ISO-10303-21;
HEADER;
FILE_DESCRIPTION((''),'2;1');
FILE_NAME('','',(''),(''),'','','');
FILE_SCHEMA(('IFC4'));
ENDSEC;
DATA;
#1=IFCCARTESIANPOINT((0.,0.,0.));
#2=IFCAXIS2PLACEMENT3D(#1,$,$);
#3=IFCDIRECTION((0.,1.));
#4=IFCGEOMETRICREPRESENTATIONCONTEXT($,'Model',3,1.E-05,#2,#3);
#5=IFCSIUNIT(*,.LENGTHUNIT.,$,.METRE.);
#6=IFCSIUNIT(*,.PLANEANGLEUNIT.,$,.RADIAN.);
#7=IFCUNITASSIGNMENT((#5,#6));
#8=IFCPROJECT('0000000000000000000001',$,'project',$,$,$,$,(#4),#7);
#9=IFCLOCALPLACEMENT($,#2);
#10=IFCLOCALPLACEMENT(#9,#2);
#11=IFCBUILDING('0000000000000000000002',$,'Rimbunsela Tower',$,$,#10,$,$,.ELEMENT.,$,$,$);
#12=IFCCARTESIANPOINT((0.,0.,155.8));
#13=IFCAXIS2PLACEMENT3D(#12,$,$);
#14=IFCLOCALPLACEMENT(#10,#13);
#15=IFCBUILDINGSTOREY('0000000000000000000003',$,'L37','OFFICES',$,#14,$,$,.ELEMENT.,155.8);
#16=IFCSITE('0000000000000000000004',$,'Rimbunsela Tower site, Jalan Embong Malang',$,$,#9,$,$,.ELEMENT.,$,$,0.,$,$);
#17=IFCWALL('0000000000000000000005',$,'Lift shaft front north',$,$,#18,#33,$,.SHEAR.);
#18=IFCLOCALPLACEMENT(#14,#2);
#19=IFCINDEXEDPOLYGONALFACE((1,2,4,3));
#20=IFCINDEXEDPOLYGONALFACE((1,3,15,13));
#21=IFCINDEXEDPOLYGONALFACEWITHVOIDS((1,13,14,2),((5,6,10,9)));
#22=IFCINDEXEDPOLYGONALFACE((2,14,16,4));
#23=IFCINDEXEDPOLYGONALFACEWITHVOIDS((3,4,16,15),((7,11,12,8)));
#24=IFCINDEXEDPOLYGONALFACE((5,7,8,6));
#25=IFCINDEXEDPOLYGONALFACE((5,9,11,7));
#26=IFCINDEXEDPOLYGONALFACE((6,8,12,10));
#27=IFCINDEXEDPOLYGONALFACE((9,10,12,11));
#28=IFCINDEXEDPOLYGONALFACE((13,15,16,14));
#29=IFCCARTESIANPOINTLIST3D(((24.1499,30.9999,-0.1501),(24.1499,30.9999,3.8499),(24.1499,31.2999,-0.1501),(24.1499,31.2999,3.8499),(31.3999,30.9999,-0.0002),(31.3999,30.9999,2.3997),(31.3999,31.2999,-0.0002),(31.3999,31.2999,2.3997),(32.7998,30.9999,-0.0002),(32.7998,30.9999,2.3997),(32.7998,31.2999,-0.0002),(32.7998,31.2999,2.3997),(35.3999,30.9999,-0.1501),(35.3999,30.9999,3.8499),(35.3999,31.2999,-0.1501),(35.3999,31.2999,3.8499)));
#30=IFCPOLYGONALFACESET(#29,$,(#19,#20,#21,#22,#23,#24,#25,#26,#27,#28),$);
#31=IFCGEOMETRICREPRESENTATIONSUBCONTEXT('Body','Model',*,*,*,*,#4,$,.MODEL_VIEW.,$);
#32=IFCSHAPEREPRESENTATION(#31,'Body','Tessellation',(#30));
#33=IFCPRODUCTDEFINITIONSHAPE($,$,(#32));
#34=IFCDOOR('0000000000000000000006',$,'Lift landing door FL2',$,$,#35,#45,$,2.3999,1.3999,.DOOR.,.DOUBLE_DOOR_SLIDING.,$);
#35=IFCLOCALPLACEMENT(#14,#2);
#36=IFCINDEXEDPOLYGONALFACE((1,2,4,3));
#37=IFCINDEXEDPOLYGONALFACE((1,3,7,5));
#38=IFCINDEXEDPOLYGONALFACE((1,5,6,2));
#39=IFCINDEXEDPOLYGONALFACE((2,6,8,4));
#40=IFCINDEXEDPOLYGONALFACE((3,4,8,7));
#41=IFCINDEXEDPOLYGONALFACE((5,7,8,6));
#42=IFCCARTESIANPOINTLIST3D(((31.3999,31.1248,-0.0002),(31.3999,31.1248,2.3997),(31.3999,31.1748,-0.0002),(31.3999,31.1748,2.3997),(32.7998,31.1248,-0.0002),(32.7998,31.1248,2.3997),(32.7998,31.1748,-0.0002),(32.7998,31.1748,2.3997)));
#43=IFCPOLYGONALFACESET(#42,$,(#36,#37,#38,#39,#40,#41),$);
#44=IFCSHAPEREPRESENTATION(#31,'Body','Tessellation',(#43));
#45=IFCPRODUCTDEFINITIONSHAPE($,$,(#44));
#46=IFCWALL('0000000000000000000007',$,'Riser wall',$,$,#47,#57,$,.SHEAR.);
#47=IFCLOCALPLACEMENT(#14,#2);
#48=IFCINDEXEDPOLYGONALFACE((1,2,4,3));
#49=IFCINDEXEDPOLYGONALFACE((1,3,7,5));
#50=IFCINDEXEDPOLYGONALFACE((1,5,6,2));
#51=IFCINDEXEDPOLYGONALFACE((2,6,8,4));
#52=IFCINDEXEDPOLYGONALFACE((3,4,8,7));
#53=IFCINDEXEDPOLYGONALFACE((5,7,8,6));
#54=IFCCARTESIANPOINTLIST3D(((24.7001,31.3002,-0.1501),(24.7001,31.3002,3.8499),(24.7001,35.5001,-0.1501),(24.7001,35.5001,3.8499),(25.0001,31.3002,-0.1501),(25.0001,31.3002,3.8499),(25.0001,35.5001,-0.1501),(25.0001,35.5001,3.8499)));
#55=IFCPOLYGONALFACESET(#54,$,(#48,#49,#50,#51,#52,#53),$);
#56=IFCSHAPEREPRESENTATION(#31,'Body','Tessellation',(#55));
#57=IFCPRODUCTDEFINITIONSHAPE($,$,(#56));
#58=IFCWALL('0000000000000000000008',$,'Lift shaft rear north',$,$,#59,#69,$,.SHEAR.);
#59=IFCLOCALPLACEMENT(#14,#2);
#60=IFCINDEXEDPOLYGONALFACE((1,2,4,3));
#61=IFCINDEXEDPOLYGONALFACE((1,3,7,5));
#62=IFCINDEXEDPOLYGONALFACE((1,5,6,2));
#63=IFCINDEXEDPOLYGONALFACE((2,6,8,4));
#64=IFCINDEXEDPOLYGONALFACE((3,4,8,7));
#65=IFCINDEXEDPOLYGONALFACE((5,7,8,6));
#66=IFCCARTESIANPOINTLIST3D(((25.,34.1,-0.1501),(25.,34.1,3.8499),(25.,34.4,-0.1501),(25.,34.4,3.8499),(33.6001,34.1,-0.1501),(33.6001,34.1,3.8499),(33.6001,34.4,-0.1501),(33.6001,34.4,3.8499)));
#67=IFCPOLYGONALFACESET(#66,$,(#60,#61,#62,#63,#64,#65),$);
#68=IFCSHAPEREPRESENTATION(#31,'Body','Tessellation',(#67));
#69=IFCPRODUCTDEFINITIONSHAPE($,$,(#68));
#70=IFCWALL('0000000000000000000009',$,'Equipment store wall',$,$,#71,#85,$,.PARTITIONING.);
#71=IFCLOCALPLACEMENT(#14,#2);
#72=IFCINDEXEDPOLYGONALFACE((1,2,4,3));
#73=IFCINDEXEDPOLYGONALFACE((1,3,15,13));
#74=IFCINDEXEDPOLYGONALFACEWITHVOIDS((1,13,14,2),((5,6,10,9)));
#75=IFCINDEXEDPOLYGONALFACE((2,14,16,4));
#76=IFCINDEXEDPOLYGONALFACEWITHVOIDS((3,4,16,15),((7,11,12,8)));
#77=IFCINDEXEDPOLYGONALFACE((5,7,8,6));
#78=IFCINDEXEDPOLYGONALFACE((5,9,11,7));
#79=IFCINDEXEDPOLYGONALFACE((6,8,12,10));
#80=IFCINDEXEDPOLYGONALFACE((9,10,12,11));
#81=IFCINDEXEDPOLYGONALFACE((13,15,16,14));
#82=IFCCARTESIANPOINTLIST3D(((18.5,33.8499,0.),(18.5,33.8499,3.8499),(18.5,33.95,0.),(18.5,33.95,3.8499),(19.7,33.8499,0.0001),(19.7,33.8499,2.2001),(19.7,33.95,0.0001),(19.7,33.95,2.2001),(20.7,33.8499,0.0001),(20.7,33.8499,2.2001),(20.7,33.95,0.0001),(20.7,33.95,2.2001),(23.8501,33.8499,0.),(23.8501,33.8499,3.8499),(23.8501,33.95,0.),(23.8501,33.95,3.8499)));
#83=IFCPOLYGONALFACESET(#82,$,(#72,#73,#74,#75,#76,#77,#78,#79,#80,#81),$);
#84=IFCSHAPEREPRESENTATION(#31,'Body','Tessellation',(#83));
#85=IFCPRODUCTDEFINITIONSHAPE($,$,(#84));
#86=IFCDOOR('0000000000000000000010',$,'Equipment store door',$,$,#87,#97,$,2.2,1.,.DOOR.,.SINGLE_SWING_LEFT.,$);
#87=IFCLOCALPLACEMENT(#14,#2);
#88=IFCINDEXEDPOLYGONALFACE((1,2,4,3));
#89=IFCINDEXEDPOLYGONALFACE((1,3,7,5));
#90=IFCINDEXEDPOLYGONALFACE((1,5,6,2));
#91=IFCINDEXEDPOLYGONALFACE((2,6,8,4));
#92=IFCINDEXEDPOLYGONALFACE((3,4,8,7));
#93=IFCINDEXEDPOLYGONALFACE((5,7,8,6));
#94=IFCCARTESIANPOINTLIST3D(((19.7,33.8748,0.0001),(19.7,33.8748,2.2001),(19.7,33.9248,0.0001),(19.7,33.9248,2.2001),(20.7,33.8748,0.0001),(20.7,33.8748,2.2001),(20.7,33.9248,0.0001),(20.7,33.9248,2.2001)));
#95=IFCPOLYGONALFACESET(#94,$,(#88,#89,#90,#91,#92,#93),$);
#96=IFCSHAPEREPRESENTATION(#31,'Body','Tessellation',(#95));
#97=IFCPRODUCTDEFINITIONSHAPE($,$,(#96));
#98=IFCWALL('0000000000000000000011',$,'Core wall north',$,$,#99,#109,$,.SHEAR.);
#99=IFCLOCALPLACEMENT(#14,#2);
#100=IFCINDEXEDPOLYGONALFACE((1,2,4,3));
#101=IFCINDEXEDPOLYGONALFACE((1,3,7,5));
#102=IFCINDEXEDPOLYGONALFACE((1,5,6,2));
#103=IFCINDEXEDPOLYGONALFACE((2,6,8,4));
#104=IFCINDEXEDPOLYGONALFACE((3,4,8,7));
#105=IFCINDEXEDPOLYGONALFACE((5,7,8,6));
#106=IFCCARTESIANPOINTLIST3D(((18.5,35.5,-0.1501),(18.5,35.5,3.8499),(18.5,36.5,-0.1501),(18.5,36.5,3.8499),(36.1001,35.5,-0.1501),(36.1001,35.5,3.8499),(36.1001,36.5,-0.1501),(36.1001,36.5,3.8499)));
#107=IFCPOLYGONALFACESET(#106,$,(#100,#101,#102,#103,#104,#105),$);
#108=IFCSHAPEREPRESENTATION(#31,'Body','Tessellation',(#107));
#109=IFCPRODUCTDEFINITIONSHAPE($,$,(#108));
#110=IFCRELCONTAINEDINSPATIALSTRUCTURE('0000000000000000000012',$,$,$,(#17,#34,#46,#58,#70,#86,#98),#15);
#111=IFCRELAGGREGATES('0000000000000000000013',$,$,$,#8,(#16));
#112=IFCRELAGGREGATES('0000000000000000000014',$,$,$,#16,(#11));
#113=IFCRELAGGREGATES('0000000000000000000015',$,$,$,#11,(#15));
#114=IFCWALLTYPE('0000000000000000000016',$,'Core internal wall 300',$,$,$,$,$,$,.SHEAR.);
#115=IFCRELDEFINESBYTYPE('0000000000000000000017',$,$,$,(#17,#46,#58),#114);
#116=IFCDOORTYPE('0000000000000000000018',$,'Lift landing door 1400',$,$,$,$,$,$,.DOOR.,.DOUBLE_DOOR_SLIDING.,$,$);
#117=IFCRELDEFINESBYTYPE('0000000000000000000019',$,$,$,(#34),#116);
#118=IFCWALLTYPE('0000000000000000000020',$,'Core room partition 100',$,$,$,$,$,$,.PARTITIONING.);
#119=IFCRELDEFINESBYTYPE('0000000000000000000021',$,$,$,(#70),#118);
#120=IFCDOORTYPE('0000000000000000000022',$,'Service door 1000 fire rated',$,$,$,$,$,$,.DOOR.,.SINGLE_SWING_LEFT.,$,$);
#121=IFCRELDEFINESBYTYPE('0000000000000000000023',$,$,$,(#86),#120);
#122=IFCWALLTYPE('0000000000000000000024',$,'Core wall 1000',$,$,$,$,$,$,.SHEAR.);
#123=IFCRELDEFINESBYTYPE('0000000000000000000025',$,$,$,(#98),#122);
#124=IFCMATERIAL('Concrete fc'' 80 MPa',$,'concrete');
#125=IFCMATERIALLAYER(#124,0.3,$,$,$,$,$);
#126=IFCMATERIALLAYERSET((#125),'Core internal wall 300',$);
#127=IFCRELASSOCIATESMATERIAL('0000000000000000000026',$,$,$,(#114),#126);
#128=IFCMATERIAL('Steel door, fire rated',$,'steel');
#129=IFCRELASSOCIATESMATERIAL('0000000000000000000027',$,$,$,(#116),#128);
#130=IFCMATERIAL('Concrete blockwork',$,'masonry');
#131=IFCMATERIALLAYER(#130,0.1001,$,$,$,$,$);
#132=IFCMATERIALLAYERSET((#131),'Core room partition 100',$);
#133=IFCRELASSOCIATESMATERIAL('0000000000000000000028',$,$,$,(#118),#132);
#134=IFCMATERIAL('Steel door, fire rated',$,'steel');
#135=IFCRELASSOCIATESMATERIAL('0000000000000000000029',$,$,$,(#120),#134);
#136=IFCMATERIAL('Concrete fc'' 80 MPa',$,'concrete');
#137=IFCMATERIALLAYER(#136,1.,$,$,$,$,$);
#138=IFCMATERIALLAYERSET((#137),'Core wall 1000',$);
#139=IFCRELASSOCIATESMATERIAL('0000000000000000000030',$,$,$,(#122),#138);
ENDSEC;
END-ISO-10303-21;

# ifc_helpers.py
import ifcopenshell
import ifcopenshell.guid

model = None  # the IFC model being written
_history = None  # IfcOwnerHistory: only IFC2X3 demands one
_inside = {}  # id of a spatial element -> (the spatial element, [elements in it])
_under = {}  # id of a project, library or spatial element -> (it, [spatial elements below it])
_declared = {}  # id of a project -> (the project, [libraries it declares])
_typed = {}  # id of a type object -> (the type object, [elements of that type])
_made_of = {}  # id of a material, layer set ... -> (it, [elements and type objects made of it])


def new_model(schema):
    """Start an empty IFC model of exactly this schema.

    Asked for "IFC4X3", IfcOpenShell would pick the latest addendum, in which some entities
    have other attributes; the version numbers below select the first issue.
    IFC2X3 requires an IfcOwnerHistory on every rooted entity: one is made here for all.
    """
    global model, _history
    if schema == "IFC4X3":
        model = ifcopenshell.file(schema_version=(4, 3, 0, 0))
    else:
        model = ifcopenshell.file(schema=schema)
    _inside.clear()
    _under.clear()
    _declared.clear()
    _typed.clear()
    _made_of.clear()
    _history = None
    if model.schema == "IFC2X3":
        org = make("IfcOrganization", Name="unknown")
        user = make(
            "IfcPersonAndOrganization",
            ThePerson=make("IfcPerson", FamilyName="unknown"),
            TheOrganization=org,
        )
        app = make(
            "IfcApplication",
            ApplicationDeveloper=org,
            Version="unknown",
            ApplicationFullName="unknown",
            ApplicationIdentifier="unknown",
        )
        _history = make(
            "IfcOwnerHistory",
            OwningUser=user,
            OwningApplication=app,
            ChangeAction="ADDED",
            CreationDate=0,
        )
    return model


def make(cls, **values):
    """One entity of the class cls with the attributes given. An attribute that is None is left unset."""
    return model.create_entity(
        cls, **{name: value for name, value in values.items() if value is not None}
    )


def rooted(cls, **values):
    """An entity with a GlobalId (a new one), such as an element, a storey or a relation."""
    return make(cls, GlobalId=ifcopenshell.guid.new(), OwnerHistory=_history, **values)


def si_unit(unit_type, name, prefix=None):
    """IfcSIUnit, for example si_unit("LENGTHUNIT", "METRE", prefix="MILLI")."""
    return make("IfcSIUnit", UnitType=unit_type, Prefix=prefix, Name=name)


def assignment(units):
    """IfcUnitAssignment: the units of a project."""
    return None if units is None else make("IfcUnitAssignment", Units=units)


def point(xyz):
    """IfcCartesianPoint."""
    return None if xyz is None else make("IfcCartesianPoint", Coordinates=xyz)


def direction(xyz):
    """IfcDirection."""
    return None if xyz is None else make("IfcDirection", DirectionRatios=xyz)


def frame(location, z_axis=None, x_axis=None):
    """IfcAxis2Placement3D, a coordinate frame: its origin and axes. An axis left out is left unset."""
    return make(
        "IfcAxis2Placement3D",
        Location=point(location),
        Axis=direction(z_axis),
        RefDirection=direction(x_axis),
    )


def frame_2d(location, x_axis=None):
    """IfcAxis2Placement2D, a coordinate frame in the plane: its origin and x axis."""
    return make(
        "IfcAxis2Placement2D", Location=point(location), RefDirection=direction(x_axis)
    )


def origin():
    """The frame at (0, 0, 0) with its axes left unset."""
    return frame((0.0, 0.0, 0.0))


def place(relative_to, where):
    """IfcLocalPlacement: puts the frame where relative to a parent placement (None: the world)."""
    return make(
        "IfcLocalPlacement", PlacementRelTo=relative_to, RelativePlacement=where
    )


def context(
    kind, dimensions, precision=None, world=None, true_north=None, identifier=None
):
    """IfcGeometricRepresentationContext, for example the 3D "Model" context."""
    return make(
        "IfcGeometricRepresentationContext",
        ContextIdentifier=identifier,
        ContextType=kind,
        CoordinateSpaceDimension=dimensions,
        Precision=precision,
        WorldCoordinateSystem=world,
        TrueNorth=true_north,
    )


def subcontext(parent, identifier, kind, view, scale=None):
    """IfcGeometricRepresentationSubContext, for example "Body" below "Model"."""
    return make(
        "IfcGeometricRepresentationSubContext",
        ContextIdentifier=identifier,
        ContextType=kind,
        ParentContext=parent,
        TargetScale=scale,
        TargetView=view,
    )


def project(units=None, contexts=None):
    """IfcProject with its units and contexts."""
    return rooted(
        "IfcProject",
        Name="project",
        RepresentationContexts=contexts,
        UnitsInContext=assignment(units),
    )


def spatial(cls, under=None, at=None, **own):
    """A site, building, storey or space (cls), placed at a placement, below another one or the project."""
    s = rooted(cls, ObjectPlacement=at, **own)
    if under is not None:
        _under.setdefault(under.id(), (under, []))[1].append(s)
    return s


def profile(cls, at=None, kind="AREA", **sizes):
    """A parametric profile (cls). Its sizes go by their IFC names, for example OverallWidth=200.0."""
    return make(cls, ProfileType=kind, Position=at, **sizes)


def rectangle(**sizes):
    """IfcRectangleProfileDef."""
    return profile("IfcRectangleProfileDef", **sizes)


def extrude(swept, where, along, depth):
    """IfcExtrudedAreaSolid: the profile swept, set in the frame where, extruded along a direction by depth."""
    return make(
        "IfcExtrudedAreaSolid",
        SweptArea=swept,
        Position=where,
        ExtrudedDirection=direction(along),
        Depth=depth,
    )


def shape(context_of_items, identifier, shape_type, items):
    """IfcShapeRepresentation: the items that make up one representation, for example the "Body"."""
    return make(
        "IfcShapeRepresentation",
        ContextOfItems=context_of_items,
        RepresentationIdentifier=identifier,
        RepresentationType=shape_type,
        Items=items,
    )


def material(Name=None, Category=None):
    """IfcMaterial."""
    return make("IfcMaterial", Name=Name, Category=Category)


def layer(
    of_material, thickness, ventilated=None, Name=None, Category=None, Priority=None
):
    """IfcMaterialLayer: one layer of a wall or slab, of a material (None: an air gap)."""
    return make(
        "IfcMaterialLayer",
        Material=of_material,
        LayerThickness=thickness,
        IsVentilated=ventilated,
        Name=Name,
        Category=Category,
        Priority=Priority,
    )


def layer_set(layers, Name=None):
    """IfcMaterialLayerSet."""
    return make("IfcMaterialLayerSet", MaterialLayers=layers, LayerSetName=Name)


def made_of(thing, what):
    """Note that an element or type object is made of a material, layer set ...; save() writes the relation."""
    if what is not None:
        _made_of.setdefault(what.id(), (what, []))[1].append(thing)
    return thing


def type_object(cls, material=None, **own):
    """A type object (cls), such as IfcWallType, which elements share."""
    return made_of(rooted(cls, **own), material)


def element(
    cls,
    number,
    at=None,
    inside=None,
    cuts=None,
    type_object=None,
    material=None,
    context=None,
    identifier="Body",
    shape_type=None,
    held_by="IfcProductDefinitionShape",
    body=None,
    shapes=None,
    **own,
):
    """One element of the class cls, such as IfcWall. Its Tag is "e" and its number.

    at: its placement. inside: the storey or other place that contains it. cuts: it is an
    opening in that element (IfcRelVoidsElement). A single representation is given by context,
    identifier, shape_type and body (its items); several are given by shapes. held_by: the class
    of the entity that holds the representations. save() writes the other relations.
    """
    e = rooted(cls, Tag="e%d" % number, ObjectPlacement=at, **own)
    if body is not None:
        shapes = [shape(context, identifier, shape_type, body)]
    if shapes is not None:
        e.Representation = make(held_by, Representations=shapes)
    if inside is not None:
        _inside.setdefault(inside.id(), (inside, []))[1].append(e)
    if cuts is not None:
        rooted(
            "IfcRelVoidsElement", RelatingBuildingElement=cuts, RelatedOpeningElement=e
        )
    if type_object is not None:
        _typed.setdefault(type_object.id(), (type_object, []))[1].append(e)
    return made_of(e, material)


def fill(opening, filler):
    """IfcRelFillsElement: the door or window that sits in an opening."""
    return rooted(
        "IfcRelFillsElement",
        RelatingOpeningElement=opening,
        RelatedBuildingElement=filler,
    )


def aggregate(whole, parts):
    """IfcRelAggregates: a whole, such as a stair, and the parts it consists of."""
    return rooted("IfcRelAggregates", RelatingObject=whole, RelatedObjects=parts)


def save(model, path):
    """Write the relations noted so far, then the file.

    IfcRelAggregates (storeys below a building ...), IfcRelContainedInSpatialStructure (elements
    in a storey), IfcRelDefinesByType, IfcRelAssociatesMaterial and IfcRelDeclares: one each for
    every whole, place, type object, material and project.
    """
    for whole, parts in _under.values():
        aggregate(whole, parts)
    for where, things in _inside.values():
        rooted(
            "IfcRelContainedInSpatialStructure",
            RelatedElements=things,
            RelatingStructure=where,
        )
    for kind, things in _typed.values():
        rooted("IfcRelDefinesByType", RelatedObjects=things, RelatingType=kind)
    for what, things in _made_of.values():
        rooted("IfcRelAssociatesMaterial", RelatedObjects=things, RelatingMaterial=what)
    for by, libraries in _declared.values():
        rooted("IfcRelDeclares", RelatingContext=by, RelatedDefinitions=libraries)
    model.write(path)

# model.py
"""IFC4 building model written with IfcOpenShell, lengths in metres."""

from ifc_helpers import new_model, si_unit, direction, frame, frame_2d, origin, place, context, subcontext, project, spatial, rectangle, extrude, material, layer, layer_set, type_object, element, fill, save


model = new_model("IFC4")

# Units and contexts
model_context = context("Model", 3, precision=1e-05, world=origin(), true_north=direction((0.0, 1.0)))
body_context = subcontext(model_context, "Body", "Model", "MODEL_VIEW")
ifc_project = project(units=[si_unit("LENGTHUNIT", "METRE"), si_unit("PLANEANGLEUNIT", "RADIAN")], contexts=[model_context])

# Site, building, storey
site_placement = place(None, origin())
site = spatial("IfcSite", under=ifc_project, at=site_placement, Name="Rimbunsela Tower site, Jalan Embong Malang", CompositionType="ELEMENT", RefElevation=0.0)
building_placement = place(site_placement, origin())
building = spatial("IfcBuilding", under=site, at=building_placement, Name="Rimbunsela Tower", CompositionType="ELEMENT")
storey_placement = place(building_placement, frame((0.0, 0.0, 155.8)))
storey = spatial("IfcBuildingStorey", under=building, at=storey_placement, Name="L37", Description="OFFICES", CompositionType="ELEMENT", Elevation=155.8)

# Wall, opening, door
ifc_material_1 = material(Name="Concrete fc' 80 MPa", Category="concrete")
ifc_layer_1 = layer(ifc_material_1, 0.3)
ifc_layer_set_1 = layer_set([ifc_layer_1], Name="Core internal wall 300")
wall_type_1 = type_object("IfcWallType", Name="Core internal wall 300", PredefinedType="SHEAR", material=ifc_layer_set_1)
wall_1_placement = place(storey_placement, frame((24.1499, 31.1499, -0.1501), z_axis=(0.0, 0.0, 1.0), x_axis=(1.0, 0.0, 0.0)))
wall_1 = element("IfcWall", 1, at=wall_1_placement, inside=storey, type_object=wall_type_1, Name="Lift shaft front north", PredefinedType="SHEAR", context=body_context, shape_type="SweptSolid", body=[
    extrude(rectangle(XDim=11.25, YDim=0.3, at=frame_2d((5.625, 0.0))), origin(), (0.0, 0.0, 1.0), 4.0),
])
opening_1_placement = place(wall_1_placement, frame((7.25, 0.0, 0.1499)))
opening_1 = element("IfcOpeningElement", 2, at=opening_1_placement, cuts=wall_1, PredefinedType="OPENING", context=body_context, shape_type="SweptSolid", body=[
    extrude(rectangle(XDim=1.3999, YDim=2.3999, at=frame_2d((0.7, 1.2))), frame((0.0, 0.1599, 0.0), z_axis=(0.0, -1.0, 0.0), x_axis=(1.0, 0.0, 0.0)), (0.0, 0.0, 1.0), 0.3201),
])
ifc_material_2 = material(Name="Steel door, fire rated", Category="steel")
door_type_1 = type_object("IfcDoorType", Name="Lift landing door 1400", OperationType="DOUBLE_DOOR_SLIDING", PredefinedType="DOOR", material=ifc_material_2)
door_1_placement = place(opening_1_placement, origin())
door_1 = element("IfcDoor", 3, at=door_1_placement, inside=storey, type_object=door_type_1, Name="Lift landing door FL2", OperationType="DOUBLE_DOOR_SLIDING", OverallHeight=2.3999, OverallWidth=1.3999, PredefinedType="DOOR", context=body_context, shape_type="SweptSolid", body=[
    extrude(rectangle(XDim=1.3999, YDim=2.3999, at=frame_2d((0.7, 1.2))), frame((0.0, 0.0249, 0.0), z_axis=(0.0, -1.0, 0.0), x_axis=(1.0, 0.0, 0.0)), (0.0, 0.0, 1.0), 0.05),
])
fill(opening_1, door_1)

# Walls
wall_2_placement = place(storey_placement, frame((24.8501, 31.3, -0.1501), z_axis=(0.0, 0.0, 1.0), x_axis=(0.0, 1.0, 0.0)))
element("IfcWall", 4, at=wall_2_placement, inside=storey, type_object=wall_type_1, Name="Riser wall", PredefinedType="SHEAR", context=body_context, shape_type="SweptSolid", body=[
    extrude(rectangle(XDim=4.2, YDim=0.3, at=frame_2d((2.1001, 0.0))), origin(), (0.0, 0.0, 1.0), 4.0),
])
wall_3_placement = place(storey_placement, frame((25.0, 34.25, -0.1501), z_axis=(0.0, 0.0, 1.0), x_axis=(1.0, 0.0, 0.0)))
element("IfcWall", 5, at=wall_3_placement, inside=storey, type_object=wall_type_1, Name="Lift shaft rear north", PredefinedType="SHEAR", context=body_context, shape_type="SweptSolid", body=[
    extrude(rectangle(XDim=8.6001, YDim=0.3, at=frame_2d((4.3, 0.0))), origin(), (0.0, 0.0, 1.0), 4.0),
])

# Wall, opening, door
ifc_material_3 = material(Name="Concrete blockwork", Category="masonry")
ifc_layer_2 = layer(ifc_material_3, 0.1001)
ifc_layer_set_2 = layer_set([ifc_layer_2], Name="Core room partition 100")
wall_type_2 = type_object("IfcWallType", Name="Core room partition 100", PredefinedType="PARTITIONING", material=ifc_layer_set_2)
wall_4_placement = place(storey_placement, frame((18.5, 33.8999, 0.0), z_axis=(0.0, 0.0, 1.0), x_axis=(1.0, 0.0, 0.0)))
wall_4 = element("IfcWall", 6, at=wall_4_placement, inside=storey, type_object=wall_type_2, Name="Equipment store wall", PredefinedType="PARTITIONING", context=body_context, shape_type="SweptSolid", body=[
    extrude(rectangle(XDim=5.3501, YDim=0.1001, at=frame_2d((2.675, 0.0))), origin(), (0.0, 0.0, 1.0), 3.8499),
])
opening_2_placement = place(wall_4_placement, frame((1.2, 0.0, 0.0)))
opening_2 = element("IfcOpeningElement", 7, at=opening_2_placement, cuts=wall_4, PredefinedType="OPENING", context=body_context, shape_type="SweptSolid", body=[
    extrude(rectangle(XDim=1.0, YDim=2.2, at=frame_2d((0.5, 1.1001))), frame((0.0, 0.0601, 0.0), z_axis=(0.0, -1.0, 0.0), x_axis=(1.0, 0.0, 0.0)), (0.0, 0.0, 1.0), 0.1201),
])
ifc_material_4 = material(Name="Steel door, fire rated", Category="steel")
door_type_2 = type_object("IfcDoorType", Name="Service door 1000 fire rated", OperationType="SINGLE_SWING_LEFT", PredefinedType="DOOR", material=ifc_material_4)
door_2_placement = place(opening_2_placement, origin())
door_2 = element("IfcDoor", 8, at=door_2_placement, inside=storey, type_object=door_type_2, Name="Equipment store door", OperationType="SINGLE_SWING_LEFT", OverallHeight=2.2, OverallWidth=1.0, PredefinedType="DOOR", context=body_context, shape_type="SweptSolid", body=[
    extrude(rectangle(XDim=1.0, YDim=2.2, at=frame_2d((0.5, 1.1001))), frame((0.0, 0.0249, 0.0), z_axis=(0.0, -1.0, 0.0), x_axis=(1.0, 0.0, 0.0)), (0.0, 0.0, 1.0), 0.05),
])
fill(opening_2, door_2)

# Wall
ifc_material_5 = material(Name="Concrete fc' 80 MPa", Category="concrete")
ifc_layer_3 = layer(ifc_material_5, 1.0)
ifc_layer_set_3 = layer_set([ifc_layer_3], Name="Core wall 1000")
wall_type_3 = type_object("IfcWallType", Name="Core wall 1000", PredefinedType="SHEAR", material=ifc_layer_set_3)
wall_5_placement = place(storey_placement, frame((18.5, 36.0, -0.1501), z_axis=(0.0, 0.0, 1.0), x_axis=(1.0, 0.0, 0.0)))
element("IfcWall", 9, at=wall_5_placement, inside=storey, type_object=wall_type_3, Name="Core wall north", PredefinedType="SHEAR", context=body_context, shape_type="SweptSolid", body=[
    extrude(rectangle(XDim=17.6001, YDim=1.0, at=frame_2d((8.8, 0.0))), origin(), (0.0, 0.0, 1.0), 4.0),
])

save(model, "model.ifc")
